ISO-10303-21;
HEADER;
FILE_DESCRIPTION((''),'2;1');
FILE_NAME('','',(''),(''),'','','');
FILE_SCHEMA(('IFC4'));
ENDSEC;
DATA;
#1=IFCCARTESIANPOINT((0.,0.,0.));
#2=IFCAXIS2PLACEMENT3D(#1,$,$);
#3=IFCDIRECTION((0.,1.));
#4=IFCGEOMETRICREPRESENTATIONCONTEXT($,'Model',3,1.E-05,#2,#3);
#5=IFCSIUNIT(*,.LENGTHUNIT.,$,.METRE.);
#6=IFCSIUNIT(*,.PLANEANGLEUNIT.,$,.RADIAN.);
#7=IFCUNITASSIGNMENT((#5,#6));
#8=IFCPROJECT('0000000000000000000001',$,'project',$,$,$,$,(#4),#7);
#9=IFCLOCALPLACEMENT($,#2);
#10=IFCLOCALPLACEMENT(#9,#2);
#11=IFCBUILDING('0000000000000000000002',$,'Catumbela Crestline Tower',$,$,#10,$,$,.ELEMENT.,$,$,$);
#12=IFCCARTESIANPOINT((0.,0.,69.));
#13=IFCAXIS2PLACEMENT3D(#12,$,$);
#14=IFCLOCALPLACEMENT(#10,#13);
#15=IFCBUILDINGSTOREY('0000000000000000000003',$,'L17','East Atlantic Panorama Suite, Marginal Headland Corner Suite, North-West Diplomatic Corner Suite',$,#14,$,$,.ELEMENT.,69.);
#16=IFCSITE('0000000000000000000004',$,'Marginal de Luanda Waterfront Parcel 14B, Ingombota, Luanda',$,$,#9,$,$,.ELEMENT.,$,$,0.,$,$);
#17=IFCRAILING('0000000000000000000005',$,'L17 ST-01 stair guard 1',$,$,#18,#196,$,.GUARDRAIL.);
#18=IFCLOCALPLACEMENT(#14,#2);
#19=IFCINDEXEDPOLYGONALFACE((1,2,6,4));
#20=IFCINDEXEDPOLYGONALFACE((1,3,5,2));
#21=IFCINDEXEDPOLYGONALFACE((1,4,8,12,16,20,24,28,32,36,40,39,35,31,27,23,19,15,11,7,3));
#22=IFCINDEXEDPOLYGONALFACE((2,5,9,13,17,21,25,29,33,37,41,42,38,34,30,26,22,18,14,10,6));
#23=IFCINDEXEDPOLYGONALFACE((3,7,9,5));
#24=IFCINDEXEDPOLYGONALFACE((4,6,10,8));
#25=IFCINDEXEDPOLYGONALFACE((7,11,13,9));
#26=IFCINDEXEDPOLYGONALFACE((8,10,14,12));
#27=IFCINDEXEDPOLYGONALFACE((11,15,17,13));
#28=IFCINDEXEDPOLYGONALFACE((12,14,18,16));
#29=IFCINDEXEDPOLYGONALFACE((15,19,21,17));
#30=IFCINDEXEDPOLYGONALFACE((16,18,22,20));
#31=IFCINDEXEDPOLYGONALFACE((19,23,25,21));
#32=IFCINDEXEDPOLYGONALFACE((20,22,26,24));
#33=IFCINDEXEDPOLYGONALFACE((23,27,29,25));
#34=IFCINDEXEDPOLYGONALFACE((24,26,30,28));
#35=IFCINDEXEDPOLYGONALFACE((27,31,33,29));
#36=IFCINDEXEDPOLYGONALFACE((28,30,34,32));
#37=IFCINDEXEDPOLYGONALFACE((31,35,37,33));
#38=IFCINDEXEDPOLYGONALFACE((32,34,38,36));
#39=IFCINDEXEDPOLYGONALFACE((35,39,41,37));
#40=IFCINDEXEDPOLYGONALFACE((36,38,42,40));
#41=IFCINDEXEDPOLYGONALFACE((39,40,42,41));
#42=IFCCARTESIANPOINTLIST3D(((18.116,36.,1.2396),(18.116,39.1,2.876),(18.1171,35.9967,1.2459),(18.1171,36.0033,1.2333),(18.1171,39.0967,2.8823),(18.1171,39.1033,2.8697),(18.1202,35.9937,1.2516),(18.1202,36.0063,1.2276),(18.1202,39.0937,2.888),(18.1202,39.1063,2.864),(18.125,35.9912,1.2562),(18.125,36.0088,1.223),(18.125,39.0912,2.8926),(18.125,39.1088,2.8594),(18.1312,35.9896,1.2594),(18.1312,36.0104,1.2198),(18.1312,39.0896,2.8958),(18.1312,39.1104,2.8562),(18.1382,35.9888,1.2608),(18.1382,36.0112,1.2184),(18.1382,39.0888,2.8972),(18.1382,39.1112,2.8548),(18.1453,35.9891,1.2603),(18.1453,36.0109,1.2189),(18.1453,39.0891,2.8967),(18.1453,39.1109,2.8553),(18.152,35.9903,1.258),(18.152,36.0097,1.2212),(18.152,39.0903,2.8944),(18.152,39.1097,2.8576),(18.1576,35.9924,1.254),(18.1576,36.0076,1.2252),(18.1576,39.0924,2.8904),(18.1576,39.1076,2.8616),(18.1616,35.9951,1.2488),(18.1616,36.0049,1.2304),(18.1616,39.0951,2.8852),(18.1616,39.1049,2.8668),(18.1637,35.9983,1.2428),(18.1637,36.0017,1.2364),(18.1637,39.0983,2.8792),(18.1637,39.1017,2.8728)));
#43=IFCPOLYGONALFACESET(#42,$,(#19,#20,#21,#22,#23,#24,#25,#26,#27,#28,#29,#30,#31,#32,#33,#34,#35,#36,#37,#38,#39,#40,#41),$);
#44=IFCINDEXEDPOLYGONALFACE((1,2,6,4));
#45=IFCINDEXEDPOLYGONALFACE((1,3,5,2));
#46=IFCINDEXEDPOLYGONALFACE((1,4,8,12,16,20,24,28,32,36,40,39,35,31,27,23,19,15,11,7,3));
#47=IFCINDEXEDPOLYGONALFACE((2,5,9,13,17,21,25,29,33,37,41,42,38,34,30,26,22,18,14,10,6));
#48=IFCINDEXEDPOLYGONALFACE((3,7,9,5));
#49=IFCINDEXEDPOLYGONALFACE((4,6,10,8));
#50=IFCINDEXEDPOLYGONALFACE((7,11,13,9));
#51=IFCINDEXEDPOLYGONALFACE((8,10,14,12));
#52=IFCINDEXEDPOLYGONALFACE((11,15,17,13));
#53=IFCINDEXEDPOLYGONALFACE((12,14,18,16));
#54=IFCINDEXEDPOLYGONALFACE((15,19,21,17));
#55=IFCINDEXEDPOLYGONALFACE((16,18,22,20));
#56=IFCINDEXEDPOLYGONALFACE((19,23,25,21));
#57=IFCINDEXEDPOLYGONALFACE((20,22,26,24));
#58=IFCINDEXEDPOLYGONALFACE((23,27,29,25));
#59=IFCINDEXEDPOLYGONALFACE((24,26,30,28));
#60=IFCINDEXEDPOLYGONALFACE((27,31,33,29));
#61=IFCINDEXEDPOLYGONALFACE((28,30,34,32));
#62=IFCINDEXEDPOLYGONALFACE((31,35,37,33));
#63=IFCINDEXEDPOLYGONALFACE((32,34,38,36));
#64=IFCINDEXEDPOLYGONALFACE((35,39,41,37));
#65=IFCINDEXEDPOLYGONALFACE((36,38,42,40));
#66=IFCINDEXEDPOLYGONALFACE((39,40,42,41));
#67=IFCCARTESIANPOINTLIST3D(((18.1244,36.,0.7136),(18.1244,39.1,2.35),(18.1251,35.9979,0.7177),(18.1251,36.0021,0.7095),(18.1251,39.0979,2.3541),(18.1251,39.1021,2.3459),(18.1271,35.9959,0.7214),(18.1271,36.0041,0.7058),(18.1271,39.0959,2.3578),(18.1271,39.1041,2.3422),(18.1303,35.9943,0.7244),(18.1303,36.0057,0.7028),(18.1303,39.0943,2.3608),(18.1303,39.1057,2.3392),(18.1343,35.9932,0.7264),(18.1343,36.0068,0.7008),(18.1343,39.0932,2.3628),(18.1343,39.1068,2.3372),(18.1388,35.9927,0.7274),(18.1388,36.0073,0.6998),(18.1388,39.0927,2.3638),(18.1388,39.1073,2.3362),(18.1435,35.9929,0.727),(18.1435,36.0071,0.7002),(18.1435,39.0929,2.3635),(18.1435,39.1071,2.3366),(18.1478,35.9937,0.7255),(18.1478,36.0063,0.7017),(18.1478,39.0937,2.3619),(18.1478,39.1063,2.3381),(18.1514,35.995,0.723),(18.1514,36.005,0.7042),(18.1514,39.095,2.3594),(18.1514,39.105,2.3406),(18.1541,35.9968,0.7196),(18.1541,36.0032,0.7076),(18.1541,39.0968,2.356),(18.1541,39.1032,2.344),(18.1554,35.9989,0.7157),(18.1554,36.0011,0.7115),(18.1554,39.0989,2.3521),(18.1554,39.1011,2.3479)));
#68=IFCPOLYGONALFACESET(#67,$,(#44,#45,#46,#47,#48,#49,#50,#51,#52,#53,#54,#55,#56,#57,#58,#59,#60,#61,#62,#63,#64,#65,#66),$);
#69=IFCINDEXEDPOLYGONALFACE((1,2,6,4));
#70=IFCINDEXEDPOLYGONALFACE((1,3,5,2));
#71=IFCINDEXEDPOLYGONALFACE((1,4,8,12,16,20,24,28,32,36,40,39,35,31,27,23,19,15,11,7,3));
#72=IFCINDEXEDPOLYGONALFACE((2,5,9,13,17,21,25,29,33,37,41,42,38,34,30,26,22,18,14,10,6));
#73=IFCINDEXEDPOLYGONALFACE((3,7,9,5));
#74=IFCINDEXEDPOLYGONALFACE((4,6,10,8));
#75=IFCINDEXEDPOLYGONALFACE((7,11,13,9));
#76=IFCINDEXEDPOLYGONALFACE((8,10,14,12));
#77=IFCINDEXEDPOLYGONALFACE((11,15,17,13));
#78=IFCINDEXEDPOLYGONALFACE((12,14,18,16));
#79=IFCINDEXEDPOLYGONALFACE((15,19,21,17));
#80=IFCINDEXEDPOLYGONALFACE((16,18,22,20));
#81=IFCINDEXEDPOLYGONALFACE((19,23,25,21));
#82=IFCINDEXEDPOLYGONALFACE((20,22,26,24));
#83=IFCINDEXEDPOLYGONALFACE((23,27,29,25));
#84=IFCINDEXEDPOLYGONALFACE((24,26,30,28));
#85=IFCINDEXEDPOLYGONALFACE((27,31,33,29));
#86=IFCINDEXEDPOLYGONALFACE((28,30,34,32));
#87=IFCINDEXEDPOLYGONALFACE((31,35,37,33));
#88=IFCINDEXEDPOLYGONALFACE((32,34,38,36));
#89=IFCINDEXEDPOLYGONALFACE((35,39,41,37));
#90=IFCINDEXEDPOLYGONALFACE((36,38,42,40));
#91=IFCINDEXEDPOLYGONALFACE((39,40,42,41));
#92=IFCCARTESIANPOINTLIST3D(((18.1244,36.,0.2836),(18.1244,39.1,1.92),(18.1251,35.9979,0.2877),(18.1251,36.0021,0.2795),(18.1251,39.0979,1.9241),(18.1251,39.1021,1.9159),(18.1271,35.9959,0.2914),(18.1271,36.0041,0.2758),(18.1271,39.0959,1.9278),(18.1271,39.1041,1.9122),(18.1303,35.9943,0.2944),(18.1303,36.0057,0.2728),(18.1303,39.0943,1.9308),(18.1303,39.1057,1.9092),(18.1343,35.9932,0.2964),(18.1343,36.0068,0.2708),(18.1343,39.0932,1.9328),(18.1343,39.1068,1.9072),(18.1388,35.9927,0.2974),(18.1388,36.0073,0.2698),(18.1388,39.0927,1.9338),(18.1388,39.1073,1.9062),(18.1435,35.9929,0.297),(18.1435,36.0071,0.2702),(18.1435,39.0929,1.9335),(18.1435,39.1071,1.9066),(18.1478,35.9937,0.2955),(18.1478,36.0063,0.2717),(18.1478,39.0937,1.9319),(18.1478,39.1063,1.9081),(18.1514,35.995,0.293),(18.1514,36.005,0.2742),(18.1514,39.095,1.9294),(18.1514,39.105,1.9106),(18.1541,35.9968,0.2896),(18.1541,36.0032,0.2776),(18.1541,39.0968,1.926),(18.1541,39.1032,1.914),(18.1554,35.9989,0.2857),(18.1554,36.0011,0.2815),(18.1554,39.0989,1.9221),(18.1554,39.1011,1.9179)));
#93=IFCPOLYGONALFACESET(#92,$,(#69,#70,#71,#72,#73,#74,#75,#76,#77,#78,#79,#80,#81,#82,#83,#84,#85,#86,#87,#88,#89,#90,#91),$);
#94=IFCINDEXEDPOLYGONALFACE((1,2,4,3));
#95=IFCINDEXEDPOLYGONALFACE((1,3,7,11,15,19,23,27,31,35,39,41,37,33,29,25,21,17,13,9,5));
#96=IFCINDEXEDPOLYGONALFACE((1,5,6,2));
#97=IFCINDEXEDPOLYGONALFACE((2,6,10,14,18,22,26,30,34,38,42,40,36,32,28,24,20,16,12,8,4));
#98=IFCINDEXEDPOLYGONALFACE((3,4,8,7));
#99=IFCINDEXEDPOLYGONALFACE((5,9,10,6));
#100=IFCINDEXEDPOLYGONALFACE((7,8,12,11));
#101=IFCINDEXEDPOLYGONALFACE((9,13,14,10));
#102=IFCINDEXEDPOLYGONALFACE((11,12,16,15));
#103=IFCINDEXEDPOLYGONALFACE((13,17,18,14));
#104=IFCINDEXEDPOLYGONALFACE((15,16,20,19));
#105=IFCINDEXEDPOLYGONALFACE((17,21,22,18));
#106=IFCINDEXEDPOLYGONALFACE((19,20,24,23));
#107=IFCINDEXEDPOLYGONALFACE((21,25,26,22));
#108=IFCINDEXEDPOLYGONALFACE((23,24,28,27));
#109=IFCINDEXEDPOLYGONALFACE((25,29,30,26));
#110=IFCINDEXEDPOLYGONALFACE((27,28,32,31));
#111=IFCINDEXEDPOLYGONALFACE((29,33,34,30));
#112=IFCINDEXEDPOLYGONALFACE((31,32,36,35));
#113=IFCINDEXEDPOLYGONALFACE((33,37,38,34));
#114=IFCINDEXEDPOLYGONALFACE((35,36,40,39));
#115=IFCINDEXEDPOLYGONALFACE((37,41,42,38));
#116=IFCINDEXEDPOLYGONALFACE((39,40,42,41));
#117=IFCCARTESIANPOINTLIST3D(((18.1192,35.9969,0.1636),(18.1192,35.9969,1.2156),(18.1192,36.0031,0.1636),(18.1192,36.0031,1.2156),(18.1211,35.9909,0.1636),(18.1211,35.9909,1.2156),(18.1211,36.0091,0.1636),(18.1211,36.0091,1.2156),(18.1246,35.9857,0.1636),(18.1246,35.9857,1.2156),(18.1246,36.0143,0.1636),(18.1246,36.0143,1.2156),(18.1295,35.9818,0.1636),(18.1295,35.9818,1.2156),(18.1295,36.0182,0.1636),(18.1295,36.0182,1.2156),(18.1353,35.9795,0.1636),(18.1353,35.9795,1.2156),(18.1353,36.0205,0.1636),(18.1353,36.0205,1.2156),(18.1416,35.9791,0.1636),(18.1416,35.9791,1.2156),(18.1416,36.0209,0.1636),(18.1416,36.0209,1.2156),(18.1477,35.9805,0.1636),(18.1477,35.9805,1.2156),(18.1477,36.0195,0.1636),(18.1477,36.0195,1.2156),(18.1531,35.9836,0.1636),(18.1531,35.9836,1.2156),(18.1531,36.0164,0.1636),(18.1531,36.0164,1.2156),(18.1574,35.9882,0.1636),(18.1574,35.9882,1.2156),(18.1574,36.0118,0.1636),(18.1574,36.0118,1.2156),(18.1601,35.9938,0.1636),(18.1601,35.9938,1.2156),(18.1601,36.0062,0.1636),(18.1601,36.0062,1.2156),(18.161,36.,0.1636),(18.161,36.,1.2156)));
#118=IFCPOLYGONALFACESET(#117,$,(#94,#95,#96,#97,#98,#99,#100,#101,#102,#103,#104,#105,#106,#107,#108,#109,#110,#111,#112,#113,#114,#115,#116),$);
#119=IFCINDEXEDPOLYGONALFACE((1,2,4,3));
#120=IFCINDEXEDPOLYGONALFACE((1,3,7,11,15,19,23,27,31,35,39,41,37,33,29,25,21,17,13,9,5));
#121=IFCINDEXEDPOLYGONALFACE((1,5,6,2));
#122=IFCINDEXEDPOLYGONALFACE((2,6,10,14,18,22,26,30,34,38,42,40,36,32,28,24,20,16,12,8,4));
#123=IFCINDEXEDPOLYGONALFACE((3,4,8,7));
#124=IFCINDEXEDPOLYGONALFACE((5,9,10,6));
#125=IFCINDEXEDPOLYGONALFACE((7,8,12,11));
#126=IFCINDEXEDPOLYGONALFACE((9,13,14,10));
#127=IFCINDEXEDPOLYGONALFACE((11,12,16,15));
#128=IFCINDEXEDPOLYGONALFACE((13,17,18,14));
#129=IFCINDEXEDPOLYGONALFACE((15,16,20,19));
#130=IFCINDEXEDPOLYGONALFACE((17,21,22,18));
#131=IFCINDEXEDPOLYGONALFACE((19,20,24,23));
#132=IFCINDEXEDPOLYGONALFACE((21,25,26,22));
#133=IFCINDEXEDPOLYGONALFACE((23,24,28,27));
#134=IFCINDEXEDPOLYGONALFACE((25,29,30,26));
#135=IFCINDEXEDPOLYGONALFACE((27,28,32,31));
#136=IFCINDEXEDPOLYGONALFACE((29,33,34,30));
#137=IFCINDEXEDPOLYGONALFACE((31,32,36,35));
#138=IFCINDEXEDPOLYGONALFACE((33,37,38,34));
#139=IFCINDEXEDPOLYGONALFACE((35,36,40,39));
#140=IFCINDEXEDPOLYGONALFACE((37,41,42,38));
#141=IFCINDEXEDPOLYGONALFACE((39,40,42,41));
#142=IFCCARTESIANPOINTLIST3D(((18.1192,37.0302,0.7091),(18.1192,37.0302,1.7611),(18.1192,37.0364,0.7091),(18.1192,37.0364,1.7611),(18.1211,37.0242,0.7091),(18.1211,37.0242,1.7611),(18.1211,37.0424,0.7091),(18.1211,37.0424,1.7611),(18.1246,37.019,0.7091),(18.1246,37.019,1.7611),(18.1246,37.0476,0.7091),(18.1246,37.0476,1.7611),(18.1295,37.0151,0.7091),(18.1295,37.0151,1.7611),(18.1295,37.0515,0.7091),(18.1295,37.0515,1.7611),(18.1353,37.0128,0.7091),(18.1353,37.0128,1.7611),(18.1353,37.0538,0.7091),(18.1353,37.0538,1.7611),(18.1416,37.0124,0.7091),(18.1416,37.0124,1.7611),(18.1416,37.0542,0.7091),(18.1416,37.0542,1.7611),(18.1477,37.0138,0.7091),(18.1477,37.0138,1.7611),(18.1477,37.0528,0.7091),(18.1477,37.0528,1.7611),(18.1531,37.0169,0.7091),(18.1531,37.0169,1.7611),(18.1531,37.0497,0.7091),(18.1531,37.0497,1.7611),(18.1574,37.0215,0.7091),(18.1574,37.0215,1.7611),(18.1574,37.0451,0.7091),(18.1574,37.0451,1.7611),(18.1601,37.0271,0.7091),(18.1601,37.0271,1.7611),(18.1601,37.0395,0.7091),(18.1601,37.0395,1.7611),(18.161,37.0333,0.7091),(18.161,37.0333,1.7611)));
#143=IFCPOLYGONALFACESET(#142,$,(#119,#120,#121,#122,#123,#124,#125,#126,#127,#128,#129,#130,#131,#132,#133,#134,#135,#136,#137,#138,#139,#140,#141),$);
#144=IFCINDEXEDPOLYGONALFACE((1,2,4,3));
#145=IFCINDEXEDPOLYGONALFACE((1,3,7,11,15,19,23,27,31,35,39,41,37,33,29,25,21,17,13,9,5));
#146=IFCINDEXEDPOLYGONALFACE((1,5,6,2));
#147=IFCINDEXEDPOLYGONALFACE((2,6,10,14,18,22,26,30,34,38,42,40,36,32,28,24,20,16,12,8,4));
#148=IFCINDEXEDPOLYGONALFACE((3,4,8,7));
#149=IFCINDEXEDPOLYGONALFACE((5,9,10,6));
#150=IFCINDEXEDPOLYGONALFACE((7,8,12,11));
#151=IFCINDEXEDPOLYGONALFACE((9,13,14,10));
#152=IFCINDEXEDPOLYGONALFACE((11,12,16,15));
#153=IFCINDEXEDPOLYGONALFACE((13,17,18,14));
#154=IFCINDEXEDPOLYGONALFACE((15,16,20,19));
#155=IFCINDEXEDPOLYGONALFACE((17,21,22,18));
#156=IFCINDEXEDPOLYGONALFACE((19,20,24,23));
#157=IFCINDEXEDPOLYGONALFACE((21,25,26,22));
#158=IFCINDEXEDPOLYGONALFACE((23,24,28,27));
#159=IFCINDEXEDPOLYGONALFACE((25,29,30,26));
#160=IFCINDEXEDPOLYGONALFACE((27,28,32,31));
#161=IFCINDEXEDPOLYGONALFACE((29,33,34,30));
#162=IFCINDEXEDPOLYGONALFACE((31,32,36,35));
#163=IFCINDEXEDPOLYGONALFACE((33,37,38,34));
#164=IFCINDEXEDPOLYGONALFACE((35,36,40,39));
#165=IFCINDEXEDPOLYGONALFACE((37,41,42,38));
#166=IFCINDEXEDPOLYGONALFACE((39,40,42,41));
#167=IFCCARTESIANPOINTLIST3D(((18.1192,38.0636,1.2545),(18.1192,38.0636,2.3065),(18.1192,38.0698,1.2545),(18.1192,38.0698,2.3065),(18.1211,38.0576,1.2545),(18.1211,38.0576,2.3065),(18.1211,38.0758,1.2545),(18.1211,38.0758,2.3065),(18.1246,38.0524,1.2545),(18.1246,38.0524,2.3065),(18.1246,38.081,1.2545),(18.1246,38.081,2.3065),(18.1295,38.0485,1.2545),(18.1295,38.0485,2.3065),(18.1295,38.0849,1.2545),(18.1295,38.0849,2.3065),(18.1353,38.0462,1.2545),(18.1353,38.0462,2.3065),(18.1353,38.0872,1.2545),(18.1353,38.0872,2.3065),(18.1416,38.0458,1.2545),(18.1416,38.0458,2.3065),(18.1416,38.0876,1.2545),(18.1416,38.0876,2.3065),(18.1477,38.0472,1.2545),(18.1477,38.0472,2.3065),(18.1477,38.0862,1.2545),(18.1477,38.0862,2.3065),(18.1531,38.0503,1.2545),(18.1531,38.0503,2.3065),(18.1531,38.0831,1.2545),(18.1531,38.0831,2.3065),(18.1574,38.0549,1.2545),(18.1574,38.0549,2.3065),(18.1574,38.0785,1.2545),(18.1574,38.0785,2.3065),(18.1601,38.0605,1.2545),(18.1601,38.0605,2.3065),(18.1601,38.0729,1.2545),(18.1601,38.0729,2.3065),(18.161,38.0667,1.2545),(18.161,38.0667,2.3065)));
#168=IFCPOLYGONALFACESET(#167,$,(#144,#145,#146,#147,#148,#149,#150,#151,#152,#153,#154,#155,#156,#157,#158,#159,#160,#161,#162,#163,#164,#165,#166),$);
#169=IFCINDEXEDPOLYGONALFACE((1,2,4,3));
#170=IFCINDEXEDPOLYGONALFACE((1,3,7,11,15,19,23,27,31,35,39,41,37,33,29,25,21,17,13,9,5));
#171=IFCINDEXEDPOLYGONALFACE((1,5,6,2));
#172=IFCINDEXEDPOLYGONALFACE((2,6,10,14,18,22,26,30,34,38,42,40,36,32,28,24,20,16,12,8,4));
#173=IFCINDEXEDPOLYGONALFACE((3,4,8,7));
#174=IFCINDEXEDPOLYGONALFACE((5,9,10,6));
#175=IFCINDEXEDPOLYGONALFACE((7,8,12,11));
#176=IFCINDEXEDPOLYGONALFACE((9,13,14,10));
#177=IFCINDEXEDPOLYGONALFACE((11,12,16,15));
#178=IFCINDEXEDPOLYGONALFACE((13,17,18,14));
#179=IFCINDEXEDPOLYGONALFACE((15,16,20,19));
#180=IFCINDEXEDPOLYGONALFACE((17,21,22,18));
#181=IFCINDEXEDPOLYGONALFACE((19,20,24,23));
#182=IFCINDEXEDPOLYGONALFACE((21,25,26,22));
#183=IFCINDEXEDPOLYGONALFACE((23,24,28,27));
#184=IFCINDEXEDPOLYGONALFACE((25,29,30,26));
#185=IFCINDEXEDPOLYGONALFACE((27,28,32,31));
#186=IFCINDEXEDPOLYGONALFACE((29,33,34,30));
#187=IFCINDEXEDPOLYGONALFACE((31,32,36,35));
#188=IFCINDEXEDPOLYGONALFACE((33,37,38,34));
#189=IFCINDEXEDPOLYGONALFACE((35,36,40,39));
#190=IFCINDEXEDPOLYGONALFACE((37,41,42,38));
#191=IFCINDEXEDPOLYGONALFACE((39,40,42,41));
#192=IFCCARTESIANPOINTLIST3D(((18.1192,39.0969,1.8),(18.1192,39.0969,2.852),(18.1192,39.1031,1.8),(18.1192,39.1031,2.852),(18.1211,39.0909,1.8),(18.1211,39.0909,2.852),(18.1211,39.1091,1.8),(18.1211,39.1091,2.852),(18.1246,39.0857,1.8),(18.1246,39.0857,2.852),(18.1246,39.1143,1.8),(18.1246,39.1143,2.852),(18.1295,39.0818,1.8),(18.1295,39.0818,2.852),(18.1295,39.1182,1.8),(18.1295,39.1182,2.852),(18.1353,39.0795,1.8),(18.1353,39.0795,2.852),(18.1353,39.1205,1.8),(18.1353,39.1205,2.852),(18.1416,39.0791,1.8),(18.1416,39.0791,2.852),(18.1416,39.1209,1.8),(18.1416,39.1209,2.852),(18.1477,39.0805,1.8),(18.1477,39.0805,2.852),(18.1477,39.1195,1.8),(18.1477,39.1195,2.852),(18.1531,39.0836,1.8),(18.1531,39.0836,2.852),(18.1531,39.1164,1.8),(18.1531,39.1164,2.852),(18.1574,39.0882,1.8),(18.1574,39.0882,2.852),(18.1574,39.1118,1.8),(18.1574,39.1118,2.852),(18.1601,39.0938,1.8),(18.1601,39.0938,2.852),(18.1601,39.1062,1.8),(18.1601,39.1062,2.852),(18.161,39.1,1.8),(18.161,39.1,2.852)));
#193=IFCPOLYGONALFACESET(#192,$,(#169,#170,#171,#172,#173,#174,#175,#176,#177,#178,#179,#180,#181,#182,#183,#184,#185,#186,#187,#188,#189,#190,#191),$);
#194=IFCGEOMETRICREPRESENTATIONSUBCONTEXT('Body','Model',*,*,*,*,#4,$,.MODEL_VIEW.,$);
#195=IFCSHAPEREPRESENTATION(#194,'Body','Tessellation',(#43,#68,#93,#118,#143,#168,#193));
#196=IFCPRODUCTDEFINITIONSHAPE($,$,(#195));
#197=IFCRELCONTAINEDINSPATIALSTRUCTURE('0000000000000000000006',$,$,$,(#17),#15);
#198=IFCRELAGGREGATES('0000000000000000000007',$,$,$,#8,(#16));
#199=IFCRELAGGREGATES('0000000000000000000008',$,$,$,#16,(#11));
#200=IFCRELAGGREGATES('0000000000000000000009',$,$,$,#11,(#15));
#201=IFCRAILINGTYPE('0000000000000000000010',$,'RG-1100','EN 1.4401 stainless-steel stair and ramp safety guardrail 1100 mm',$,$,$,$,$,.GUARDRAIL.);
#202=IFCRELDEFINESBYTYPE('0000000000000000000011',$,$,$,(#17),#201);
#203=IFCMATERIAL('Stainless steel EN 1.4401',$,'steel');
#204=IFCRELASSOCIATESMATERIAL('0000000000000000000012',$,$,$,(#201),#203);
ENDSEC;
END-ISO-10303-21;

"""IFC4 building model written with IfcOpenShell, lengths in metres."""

from ifc_helpers import new_model, si_unit, direction, frame, origin, origin_2d, place, context, subcontext, project, spatial, circle, extrude, material, type_object, element, save


model = new_model("IFC4")

# Units and contexts
model_context = context("Model", 3, precision=1e-05, world=origin(), true_north=direction((0.0, 1.0)))
body_context = subcontext(model_context, "Body", "Model", "MODEL_VIEW")
ifc_project = project(units=[si_unit("LENGTHUNIT", "METRE"), si_unit("PLANEANGLEUNIT", "RADIAN")], contexts=[model_context])

# Site, building, storey
site_placement = place(None, origin())
site = spatial("IfcSite", under=ifc_project, at=site_placement, Name="Marginal de Luanda Waterfront Parcel 14B, Ingombota, Luanda", CompositionType="ELEMENT", RefElevation=0.0)
building_placement = place(site_placement, origin())
building = spatial("IfcBuilding", under=site, at=building_placement, Name="Catumbela Crestline Tower", CompositionType="ELEMENT")
storey_placement = place(building_placement, frame((0.0, 0.0, 69.0)))
storey = spatial("IfcBuildingStorey", under=building, at=storey_placement, Name="L17", Description="East Atlantic Panorama Suite, Marginal Headland Corner Suite, North-West Diplomatic Corner Suite", CompositionType="ELEMENT", Elevation=69.0)

# Shared definitions
ifc_material_1 = material(Name="Stainless steel EN 1.4401", Category="steel")

# Railing
railing_type_1 = type_object("IfcRailingType", Name="RG-1100", Description="EN 1.4401 stainless-steel stair and ramp safety guardrail 1100 mm", PredefinedType="GUARDRAIL", material=ifc_material_1)
railing_1_placement = place(storey_placement, frame((18.14, 36.0, 0.1636)))
element("IfcRailing", 1, at=railing_1_placement, inside=storey, type_object=railing_type_1, Name="L17 ST-01 stair guard 1", PredefinedType="GUARDRAIL", context=body_context, shape_type="SweptSolid", body=[
    extrude(circle(Radius=0.024, at=origin_2d()), frame((0.0, 0.0, 1.076), z_axis=(0.0, 0.884351, 0.466823), x_axis=(-1.0, 0.0, 0.0)), (0.0, 0.0, 1.0), 3.5054),
    extrude(circle(Radius=0.0156, at=origin_2d()), frame((0.0, 0.0, 0.55), z_axis=(0.0, 0.884351, 0.466823), x_axis=(-1.0, 0.0, 0.0)), (0.0, 0.0, 1.0), 3.5054),
    extrude(circle(Radius=0.0156, at=origin_2d()), frame((0.0, 0.0, 0.12), z_axis=(0.0, 0.884351, 0.466823), x_axis=(-1.0, 0.0, 0.0)), (0.0, 0.0, 1.0), 3.5054),
    extrude(circle(Radius=0.021, at=origin_2d()), origin(), (0.0, 0.0, 1.0), 1.052),
    extrude(circle(Radius=0.021, at=origin_2d()), frame((0.0, 1.0333, 0.5455)), (0.0, 0.0, 1.0), 1.052),
    extrude(circle(Radius=0.021, at=origin_2d()), frame((0.0, 2.0667, 1.0909)), (0.0, 0.0, 1.0), 1.052),
    extrude(circle(Radius=0.021, at=origin_2d()), frame((0.0, 3.1, 1.6364)), (0.0, 0.0, 1.0), 1.052),
])

save(model, "model.ifc")
